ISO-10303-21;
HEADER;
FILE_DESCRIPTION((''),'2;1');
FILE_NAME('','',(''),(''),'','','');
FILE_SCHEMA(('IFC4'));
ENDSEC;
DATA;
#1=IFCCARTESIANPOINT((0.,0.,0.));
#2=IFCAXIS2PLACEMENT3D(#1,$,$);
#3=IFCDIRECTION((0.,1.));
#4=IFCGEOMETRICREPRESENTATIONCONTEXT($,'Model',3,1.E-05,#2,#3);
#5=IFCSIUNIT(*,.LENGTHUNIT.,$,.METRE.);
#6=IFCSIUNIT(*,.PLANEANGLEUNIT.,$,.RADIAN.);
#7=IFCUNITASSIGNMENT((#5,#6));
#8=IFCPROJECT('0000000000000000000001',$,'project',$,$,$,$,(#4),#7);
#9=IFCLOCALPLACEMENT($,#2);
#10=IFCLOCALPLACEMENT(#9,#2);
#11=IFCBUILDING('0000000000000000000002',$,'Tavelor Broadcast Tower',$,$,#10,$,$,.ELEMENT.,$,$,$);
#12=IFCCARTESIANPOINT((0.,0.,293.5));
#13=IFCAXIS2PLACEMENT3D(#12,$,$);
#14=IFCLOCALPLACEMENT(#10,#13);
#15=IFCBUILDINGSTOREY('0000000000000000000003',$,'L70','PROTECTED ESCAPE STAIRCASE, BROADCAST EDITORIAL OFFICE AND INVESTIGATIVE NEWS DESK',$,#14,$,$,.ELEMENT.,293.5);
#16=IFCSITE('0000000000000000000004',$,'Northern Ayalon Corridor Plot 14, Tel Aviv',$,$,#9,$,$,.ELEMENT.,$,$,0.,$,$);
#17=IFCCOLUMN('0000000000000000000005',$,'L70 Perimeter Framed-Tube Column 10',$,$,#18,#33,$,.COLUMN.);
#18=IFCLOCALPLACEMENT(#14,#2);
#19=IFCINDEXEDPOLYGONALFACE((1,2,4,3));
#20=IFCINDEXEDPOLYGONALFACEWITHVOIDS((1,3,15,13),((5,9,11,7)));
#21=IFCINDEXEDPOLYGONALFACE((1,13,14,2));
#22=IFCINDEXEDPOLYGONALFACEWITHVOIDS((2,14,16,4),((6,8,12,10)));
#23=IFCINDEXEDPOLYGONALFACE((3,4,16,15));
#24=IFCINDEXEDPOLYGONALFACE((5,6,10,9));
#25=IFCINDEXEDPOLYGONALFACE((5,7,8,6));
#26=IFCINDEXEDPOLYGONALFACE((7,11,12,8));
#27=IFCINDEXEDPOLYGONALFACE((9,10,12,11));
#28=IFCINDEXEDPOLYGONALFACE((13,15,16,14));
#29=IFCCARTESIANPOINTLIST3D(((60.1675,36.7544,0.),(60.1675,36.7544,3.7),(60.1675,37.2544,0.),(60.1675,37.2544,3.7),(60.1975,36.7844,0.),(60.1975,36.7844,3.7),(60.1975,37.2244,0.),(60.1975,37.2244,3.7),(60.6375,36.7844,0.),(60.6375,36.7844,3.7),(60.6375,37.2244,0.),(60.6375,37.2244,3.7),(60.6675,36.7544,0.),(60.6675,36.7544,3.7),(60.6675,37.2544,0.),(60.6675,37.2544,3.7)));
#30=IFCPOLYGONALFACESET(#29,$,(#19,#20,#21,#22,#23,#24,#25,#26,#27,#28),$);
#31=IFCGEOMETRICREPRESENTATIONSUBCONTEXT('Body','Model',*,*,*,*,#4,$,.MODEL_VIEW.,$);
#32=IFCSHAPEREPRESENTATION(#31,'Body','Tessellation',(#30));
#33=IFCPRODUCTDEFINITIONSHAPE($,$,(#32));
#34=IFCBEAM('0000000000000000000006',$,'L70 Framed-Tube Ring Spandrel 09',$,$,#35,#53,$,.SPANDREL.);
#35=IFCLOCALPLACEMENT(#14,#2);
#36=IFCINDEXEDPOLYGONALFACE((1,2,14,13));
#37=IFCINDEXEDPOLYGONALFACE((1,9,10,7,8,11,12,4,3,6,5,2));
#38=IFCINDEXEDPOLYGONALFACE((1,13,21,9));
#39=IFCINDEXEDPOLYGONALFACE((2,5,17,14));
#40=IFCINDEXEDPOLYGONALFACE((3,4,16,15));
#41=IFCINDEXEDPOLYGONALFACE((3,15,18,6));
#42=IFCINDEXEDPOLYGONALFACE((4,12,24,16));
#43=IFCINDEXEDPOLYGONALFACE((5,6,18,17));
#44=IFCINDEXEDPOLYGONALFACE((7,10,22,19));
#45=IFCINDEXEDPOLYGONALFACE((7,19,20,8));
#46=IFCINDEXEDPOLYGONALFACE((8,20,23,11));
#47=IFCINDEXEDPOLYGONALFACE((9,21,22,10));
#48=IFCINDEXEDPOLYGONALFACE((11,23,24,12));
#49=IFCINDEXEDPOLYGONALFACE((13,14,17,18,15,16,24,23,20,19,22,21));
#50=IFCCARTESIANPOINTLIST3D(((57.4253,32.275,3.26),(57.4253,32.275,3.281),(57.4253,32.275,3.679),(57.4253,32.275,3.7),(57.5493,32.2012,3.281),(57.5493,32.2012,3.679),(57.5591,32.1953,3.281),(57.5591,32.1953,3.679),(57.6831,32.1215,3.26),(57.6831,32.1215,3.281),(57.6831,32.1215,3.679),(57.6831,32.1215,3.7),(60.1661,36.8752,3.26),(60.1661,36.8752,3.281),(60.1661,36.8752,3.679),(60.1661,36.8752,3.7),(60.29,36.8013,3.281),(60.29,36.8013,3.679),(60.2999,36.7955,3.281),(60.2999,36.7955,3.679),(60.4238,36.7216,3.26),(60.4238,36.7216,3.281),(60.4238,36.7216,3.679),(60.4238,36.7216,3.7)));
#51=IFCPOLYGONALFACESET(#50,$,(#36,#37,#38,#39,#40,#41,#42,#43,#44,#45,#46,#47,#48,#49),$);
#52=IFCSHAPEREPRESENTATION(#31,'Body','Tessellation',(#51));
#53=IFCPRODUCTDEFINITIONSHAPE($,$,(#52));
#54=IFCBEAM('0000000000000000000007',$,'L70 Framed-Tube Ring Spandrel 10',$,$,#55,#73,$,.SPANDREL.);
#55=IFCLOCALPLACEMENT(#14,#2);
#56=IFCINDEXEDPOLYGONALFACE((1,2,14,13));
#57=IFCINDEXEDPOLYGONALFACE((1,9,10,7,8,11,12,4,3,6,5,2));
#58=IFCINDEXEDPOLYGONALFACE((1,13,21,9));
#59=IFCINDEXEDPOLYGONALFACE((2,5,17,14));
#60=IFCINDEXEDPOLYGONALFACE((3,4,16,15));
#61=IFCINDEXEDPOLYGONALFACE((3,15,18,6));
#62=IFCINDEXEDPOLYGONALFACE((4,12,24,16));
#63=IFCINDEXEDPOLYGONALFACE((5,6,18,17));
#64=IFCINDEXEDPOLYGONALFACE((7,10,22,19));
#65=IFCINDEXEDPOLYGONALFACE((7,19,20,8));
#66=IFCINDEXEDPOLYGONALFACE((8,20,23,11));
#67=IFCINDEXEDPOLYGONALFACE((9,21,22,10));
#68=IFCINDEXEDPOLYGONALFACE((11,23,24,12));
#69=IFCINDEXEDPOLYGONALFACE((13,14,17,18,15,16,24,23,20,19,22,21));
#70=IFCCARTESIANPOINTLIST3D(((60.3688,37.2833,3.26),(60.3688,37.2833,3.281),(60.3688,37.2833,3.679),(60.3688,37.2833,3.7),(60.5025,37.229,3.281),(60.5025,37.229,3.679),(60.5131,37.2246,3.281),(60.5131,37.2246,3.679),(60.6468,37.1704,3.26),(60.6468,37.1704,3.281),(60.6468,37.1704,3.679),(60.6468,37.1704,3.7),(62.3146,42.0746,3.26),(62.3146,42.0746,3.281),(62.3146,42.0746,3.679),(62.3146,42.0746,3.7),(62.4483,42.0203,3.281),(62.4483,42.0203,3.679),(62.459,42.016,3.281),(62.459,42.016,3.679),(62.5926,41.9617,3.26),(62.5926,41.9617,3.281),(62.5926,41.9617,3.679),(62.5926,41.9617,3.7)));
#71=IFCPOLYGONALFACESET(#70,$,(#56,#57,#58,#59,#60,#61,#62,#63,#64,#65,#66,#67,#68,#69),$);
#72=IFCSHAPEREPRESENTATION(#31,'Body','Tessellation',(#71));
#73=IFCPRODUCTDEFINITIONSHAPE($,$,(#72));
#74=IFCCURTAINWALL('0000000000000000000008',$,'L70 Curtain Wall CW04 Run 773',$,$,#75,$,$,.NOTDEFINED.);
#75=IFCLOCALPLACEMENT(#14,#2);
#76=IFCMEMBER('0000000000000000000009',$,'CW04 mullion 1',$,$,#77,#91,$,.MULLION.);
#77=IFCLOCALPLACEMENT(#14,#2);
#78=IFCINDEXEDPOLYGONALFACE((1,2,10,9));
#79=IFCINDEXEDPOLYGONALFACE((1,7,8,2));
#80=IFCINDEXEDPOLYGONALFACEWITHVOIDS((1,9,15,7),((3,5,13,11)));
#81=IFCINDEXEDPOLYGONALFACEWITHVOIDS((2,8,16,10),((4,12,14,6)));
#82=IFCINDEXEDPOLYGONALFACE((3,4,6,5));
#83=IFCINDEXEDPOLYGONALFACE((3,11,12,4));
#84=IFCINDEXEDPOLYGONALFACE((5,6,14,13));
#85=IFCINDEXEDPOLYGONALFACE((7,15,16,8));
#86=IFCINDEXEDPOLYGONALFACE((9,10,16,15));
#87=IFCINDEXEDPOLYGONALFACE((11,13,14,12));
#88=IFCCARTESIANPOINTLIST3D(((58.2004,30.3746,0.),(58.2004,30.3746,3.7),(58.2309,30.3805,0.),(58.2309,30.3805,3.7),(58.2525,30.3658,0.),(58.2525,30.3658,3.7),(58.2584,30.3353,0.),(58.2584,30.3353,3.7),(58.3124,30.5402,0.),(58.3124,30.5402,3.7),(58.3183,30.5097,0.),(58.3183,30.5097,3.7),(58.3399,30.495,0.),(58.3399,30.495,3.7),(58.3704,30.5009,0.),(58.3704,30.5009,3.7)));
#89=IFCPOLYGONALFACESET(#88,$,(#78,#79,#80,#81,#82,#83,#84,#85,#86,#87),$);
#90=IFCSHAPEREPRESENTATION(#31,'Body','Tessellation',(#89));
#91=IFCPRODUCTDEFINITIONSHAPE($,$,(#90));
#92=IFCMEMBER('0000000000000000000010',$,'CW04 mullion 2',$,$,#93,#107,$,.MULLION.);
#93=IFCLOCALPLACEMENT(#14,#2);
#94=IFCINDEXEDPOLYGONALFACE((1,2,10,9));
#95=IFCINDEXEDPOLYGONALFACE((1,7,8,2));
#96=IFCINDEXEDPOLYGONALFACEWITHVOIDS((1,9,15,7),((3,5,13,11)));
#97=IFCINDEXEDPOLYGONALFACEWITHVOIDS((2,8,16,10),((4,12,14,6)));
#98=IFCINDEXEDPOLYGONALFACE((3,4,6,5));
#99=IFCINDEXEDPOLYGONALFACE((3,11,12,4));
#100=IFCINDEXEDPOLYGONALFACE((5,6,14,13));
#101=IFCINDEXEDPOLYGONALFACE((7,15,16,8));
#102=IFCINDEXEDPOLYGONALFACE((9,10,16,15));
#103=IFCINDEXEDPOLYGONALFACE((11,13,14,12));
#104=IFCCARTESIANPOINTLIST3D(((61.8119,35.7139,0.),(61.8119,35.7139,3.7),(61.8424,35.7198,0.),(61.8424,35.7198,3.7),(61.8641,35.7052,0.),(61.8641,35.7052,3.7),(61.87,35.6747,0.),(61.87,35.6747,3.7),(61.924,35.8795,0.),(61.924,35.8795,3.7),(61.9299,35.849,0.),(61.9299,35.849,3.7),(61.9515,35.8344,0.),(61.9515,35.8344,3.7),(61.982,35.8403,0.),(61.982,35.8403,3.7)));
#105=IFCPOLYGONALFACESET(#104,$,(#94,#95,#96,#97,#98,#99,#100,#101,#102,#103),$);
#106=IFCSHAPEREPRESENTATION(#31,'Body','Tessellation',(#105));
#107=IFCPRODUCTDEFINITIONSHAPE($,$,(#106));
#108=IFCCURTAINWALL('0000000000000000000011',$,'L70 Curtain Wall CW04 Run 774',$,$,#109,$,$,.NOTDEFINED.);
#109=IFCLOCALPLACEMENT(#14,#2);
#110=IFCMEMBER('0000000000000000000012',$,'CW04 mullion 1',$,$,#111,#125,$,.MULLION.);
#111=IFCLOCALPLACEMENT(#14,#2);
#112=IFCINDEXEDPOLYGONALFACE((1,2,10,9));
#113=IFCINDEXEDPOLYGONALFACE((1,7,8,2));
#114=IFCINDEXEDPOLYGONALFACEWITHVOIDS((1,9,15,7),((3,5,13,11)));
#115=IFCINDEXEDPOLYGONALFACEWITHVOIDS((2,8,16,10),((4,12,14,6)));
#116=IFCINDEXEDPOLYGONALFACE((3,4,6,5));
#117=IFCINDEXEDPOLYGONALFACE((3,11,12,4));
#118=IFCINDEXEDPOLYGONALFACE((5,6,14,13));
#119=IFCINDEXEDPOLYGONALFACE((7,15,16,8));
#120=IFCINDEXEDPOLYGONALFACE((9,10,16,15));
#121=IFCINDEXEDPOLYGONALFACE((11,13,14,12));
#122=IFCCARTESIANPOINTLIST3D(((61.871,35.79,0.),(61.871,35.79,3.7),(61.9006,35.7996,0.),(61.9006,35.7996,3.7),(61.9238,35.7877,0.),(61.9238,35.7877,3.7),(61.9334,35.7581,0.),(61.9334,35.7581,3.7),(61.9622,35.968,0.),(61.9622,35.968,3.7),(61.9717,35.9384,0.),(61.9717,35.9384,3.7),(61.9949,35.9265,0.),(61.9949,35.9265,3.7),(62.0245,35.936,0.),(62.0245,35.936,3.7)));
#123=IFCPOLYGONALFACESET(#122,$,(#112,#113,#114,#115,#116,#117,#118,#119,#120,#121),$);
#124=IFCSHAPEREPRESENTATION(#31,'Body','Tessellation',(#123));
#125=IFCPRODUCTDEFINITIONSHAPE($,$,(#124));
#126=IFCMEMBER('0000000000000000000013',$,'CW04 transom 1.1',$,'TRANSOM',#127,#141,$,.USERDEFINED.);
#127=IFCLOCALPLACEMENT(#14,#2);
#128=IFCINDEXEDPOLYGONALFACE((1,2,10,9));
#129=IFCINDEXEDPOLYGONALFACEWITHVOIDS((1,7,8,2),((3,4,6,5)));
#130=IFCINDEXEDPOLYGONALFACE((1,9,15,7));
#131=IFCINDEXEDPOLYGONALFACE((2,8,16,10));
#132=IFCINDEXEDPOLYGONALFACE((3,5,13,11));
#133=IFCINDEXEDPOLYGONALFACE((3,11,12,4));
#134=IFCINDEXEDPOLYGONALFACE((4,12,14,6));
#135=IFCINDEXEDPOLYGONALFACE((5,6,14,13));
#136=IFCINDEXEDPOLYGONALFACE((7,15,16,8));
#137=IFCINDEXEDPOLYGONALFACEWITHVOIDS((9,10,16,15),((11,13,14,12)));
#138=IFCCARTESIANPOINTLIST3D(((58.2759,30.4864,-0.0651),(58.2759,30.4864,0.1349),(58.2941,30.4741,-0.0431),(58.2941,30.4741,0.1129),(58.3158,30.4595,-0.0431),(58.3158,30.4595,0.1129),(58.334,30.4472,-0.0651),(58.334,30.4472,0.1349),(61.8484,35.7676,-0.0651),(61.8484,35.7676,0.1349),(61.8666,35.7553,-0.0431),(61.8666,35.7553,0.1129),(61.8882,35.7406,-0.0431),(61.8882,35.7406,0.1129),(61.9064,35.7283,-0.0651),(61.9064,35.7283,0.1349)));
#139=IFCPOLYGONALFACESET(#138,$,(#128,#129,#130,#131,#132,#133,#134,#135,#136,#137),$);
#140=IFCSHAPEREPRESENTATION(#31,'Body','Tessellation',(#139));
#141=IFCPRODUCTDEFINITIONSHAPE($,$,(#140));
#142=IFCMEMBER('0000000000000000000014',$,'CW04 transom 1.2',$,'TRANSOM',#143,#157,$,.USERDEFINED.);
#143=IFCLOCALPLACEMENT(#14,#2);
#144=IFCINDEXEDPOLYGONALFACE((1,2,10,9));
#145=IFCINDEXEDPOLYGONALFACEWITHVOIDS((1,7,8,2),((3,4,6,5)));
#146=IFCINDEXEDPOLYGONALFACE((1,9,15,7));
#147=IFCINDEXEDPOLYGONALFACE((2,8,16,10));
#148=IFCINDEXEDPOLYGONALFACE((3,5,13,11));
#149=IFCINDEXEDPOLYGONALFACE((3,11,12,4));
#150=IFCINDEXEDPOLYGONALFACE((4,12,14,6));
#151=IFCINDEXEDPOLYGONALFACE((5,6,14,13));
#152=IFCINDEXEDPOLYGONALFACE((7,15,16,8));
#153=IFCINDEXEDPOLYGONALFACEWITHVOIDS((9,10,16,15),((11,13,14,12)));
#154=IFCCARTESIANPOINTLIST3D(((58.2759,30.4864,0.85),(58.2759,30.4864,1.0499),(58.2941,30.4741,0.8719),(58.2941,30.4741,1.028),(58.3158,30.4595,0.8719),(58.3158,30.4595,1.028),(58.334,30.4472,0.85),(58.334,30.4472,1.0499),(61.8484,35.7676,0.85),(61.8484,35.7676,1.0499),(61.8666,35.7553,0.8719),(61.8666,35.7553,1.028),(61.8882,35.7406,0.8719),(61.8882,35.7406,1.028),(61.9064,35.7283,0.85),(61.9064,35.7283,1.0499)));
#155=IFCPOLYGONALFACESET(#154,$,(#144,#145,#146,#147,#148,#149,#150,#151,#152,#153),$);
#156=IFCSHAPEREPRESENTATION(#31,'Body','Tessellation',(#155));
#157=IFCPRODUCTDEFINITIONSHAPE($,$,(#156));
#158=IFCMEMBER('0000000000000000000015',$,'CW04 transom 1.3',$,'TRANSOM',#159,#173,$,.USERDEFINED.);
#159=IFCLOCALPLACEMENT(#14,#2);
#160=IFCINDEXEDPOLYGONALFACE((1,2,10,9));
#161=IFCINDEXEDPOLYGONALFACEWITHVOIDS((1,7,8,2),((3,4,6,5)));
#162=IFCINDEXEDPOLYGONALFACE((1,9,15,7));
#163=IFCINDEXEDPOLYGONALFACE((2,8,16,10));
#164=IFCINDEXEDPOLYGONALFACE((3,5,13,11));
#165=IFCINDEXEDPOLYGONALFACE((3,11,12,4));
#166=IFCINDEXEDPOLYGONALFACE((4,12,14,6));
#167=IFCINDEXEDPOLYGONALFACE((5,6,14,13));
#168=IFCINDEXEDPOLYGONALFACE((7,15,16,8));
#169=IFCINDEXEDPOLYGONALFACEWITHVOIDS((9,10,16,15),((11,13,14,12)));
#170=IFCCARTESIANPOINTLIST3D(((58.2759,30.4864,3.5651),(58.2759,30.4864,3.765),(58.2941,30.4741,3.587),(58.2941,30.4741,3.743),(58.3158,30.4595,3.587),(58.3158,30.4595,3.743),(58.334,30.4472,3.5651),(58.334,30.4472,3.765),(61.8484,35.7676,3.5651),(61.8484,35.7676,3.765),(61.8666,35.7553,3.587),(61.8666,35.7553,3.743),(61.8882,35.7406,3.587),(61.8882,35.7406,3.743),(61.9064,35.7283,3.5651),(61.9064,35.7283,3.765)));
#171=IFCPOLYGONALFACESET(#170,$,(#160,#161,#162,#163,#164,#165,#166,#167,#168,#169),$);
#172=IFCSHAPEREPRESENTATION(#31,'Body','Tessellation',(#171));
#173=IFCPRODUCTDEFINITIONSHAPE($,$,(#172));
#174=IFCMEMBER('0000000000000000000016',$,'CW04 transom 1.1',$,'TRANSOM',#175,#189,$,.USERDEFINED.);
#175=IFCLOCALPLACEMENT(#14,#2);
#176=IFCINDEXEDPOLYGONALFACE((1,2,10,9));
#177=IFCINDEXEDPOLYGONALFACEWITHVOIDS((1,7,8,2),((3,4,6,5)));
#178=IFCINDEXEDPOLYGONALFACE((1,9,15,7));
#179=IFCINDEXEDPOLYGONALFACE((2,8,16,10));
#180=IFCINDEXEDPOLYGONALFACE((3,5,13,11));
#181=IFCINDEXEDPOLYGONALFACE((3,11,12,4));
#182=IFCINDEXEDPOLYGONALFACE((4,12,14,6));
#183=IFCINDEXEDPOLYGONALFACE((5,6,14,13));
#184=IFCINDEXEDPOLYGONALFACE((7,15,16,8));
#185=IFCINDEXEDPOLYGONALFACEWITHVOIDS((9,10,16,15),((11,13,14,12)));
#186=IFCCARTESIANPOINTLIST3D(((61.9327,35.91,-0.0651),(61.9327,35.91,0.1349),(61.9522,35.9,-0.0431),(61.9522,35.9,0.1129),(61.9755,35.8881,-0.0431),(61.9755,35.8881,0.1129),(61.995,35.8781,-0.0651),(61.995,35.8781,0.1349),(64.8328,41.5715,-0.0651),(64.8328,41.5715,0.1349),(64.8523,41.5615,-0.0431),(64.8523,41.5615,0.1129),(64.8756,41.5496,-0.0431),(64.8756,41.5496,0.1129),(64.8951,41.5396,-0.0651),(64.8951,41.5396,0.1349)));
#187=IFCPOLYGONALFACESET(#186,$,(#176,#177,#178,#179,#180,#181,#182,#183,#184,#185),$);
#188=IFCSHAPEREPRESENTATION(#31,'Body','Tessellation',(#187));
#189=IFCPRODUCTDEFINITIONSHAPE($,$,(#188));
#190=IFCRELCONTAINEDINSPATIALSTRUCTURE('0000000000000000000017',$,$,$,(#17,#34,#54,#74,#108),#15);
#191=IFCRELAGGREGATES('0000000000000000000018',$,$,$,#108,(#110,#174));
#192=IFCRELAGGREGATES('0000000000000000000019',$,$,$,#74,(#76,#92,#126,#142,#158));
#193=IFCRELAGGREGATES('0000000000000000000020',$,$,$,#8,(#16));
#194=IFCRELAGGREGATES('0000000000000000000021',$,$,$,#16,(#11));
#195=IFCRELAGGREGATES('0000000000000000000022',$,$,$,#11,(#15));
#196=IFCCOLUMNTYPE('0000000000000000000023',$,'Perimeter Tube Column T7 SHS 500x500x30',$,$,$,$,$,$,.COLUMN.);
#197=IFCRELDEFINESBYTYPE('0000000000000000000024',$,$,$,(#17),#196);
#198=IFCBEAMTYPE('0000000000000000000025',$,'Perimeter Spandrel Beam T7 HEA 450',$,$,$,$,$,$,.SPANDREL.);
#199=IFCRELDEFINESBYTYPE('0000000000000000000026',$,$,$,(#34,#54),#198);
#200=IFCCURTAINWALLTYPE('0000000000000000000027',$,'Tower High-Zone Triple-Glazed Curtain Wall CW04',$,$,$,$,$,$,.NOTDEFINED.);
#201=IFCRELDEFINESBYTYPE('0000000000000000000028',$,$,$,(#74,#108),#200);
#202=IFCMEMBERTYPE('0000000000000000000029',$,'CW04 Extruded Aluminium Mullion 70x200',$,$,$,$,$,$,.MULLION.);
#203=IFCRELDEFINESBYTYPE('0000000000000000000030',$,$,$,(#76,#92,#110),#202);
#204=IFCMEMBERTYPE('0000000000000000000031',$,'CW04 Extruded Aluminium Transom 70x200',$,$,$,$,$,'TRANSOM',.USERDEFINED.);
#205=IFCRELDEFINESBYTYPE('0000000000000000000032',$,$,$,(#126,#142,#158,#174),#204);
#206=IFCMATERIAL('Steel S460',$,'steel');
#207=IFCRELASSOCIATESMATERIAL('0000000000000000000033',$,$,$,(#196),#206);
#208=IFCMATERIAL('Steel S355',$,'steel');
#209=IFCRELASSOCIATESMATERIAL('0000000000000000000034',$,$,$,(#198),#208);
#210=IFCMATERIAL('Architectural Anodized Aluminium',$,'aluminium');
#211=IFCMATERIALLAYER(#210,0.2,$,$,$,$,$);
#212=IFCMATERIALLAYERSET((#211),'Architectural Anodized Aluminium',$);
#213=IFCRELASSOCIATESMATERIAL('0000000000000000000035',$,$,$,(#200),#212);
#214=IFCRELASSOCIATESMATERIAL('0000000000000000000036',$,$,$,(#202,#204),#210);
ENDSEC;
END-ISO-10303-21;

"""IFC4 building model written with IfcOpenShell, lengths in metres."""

from ifc_helpers import new_model, si_unit, direction, frame, origin, origin_2d, place, context, subcontext, project, spatial, hollow_rectangle, i_section, extrude, source, transform, mapped, material, layer, layer_set, material_profile, profile_set, type_object, type_shapes, element, aggregate, save


model = new_model("IFC4")

# Units and contexts
model_context = context("Model", 3, precision=1e-05, world=origin(), true_north=direction((0.0, 1.0)))
body_context = subcontext(model_context, "Body", "Model", "MODEL_VIEW")
ifc_project = project(units=[si_unit("LENGTHUNIT", "METRE"), si_unit("PLANEANGLEUNIT", "RADIAN")], contexts=[model_context])

# Site, building, storey
site_placement = place(None, origin())
site = spatial("IfcSite", under=ifc_project, at=site_placement, Name="Northern Ayalon Corridor Plot 14, Tel Aviv", CompositionType="ELEMENT", RefElevation=0.0)
building_placement = place(site_placement, origin())
building = spatial("IfcBuilding", under=site, at=building_placement, Name="Tavelor Broadcast Tower", CompositionType="ELEMENT")
storey_placement = place(building_placement, frame((0.0, 0.0, 293.5)))
storey = spatial("IfcBuildingStorey", under=building, at=storey_placement, Name="L70", Description="PROTECTED ESCAPE STAIRCASE, BROADCAST EDITORIAL OFFICE AND INVESTIGATIVE NEWS DESK", CompositionType="ELEMENT", Elevation=293.5)

# Column
ifc_material_1 = material(Name="Steel S460", Category="steel")
ifc_material_profile_1 = material_profile(ifc_material_1, hollow_rectangle(XDim=0.5, YDim=0.5, WallThickness=0.03, at=origin_2d()), Name="SHS 500x500x30")
ifc_profile_set_1 = profile_set([ifc_material_profile_1], Name="Steel S460")
column_type = type_object("IfcColumnType", Name="Perimeter Tube Column T7 SHS 500x500x30", PredefinedType="COLUMN", material=ifc_profile_set_1)
column_placement = place(storey_placement, frame((60.4175, 37.0044, 0.0), z_axis=(0.0, 0.0, 1.0), x_axis=(1.0, 0.0, 0.0)))
element("IfcColumn", 1, at=column_placement, inside=storey, type_object=column_type, Name="L70 Perimeter Framed-Tube Column 10", PredefinedType="COLUMN", context=body_context, shape_type="SweptSolid", body=[
    extrude(hollow_rectangle(XDim=0.5, YDim=0.5, WallThickness=0.03, at=origin_2d()), origin(), (0.0, 0.0, 1.0), 3.7),
])

# Beams
ifc_material_2 = material(Name="Steel S355", Category="steel")
ifc_material_profile_2 = material_profile(ifc_material_2, i_section(OverallWidth=0.3, OverallDepth=0.4399, WebThickness=0.0115, FlangeThickness=0.021, at=origin_2d()), Name="HEA 450")
ifc_profile_set_2 = profile_set([ifc_material_profile_2], Name="Steel S355")
beam_type = type_object("IfcBeamType", Name="Perimeter Spandrel Beam T7 HEA 450", PredefinedType="SPANDREL", material=ifc_profile_set_2)
beam_1_placement = place(storey_placement, frame((57.5542, 32.1982, 3.48), z_axis=(0.511838, 0.859082, 0.0), x_axis=(-0.859082, 0.511838, 0.0)))
element("IfcBeam", 2, at=beam_1_placement, inside=storey, type_object=beam_type, Name="L70 Framed-Tube Ring Spandrel 09", PredefinedType="SPANDREL", context=body_context, shape_type="SweptSolid", body=[
    extrude(i_section(OverallWidth=0.3, OverallDepth=0.4399, WebThickness=0.0115, FlangeThickness=0.021, at=origin_2d()), origin(), (0.0, 0.0, 1.0), 5.3547),
])
beam_2_placement = place(storey_placement, frame((60.5078, 37.2268, 3.48), z_axis=(0.376269, 0.92651, 0.0), x_axis=(-0.92651, 0.376269, 0.0)))
element("IfcBeam", 3, at=beam_2_placement, inside=storey, type_object=beam_type, Name="L70 Framed-Tube Ring Spandrel 10", PredefinedType="SPANDREL", context=body_context, shape_type="SweptSolid", body=[
    extrude(i_section(OverallWidth=0.3, OverallDepth=0.4399, WebThickness=0.0115, FlangeThickness=0.021, at=origin_2d()), origin(), (0.0, 0.0, 1.0), 5.1714),
])

# Curtain wall, members
ifc_material_3 = material(Name="Architectural Anodized Aluminium", Category="aluminium")
ifc_layer_1 = layer(ifc_material_3, 0.2)
ifc_layer_set_1 = layer_set([ifc_layer_1], Name="Architectural Anodized Aluminium")
curtain_wall_type = type_object("IfcCurtainWallType", Name="Tower High-Zone Triple-Glazed Curtain Wall CW04", PredefinedType="NOTDEFINED", material=ifc_layer_set_1)
curtain_wall_1_placement = place(storey_placement, origin())
curtain_wall_1 = element("IfcCurtainWall", 4, at=curtain_wall_1_placement, inside=storey, type_object=curtain_wall_type, Name="L70 Curtain Wall CW04 Run 773", PredefinedType="NOTDEFINED")
ifc_material_profile_3 = material_profile(ifc_material_3, hollow_rectangle(XDim=0.0701, YDim=0.2, WallThickness=0.022, at=origin_2d()), Name="RHS 70x200x22")
ifc_profile_set_3 = profile_set([ifc_material_profile_3], Name="Architectural Anodized Aluminium")
member_type_1 = type_object("IfcMemberType", Name="CW04 Extruded Aluminium Mullion 70x200", PredefinedType="MULLION", material=ifc_profile_set_3)
shared_shape_1 = source(origin(), body_context, "Body", "SweptSolid", [
    extrude(hollow_rectangle(XDim=0.0701, YDim=0.2, WallThickness=0.022, at=origin_2d()), origin(), (0.0, 0.0, 1.0), 3.7),
])
type_shapes(member_type_1, [shared_shape_1])
member_1_placement = place(storey_placement, frame((58.2854, 30.4377, 0.0), z_axis=(0.0, 0.0, 1.0), x_axis=(-0.828299, 0.560287, 0.0)))
member_1 = element("IfcMember", 5, at=member_1_placement, type_object=member_type_1, Name="CW04 mullion 1", PredefinedType="MULLION", context=body_context, shape_type="MappedRepresentation", body=[
    mapped(shared_shape_1, transform((0.0, 0.0, 0.0), scale=1.0)),
])
member_2_placement = place(storey_placement, frame((61.897, 35.7771, 0.0), z_axis=(0.0, 0.0, 1.0), x_axis=(-0.828299, 0.560287, 0.0)))
member_2 = element("IfcMember", 6, at=member_2_placement, type_object=member_type_1, Name="CW04 mullion 2", PredefinedType="MULLION", context=body_context, shape_type="MappedRepresentation", body=[
    mapped(shared_shape_1, transform((0.0, 0.0, 0.0), scale=1.0)),
])

# Curtain wall, member
curtain_wall_2_placement = place(storey_placement, origin())
curtain_wall_2 = element("IfcCurtainWall", 7, at=curtain_wall_2_placement, inside=storey, type_object=curtain_wall_type, Name="L70 Curtain Wall CW04 Run 774", PredefinedType="NOTDEFINED")
member_3_placement = place(storey_placement, frame((61.9478, 35.863, 0.0), z_axis=(0.0, 0.0, 1.0), x_axis=(-0.890019, 0.455923, 0.0)))
member_3 = element("IfcMember", 8, at=member_3_placement, type_object=member_type_1, Name="CW04 mullion 1", PredefinedType="MULLION", context=body_context, shape_type="MappedRepresentation", body=[
    mapped(shared_shape_1, transform((0.0, 0.0, 0.0), scale=1.0)),
])

# Members
ifc_material_profile_4 = material_profile(ifc_material_3, hollow_rectangle(XDim=0.0701, YDim=0.2, WallThickness=0.022, at=origin_2d()), Name="RHS 70x200x22")
ifc_profile_set_4 = profile_set([ifc_material_profile_4], Name="Architectural Anodized Aluminium")
member_type_2 = type_object("IfcMemberType", Name="CW04 Extruded Aluminium Transom 70x200", ElementType="TRANSOM", PredefinedType="USERDEFINED", material=ifc_profile_set_4)
shared_shape_2 = source(origin(), body_context, "Body", "SweptSolid", [
    extrude(hollow_rectangle(XDim=0.0701, YDim=0.2, WallThickness=0.022, at=origin_2d()), origin(), (0.0, 0.0, 1.0), 6.376),
])
member_4_placement = place(storey_placement, frame((58.3049, 30.4668, 0.0349), z_axis=(0.560299, 0.828291, 0.0), x_axis=(-0.828291, 0.560299, 0.0)))
member_4 = element("IfcMember", 9, at=member_4_placement, type_object=member_type_2, Name="CW04 transom 1.1", ObjectType="TRANSOM", PredefinedType="USERDEFINED", context=body_context, shape_type="MappedRepresentation", body=[
    mapped(shared_shape_2, transform((0.0, 0.0, 0.0), scale=1.0)),
])
member_5_placement = place(storey_placement, frame((58.3049, 30.4668, 0.95), z_axis=(0.560299, 0.828291, 0.0), x_axis=(-0.828291, 0.560299, 0.0)))
member_5 = element("IfcMember", 10, at=member_5_placement, type_object=member_type_2, Name="CW04 transom 1.2", ObjectType="TRANSOM", PredefinedType="USERDEFINED", context=body_context, shape_type="MappedRepresentation", body=[
    mapped(shared_shape_2, transform((0.0, 0.0, 0.0), scale=1.0)),
])
member_6_placement = place(storey_placement, frame((58.3049, 30.4668, 3.665), z_axis=(0.560299, 0.828291, 0.0), x_axis=(-0.828291, 0.560299, 0.0)))
member_6 = element("IfcMember", 11, at=member_6_placement, type_object=member_type_2, Name="CW04 transom 1.3", ObjectType="TRANSOM", PredefinedType="USERDEFINED", context=body_context, shape_type="MappedRepresentation", body=[
    mapped(shared_shape_2, transform((0.0, 0.0, 0.0), scale=1.0)),
])
shared_shape_3 = source(origin(), body_context, "Body", "SweptSolid", [
    extrude(hollow_rectangle(XDim=0.0701, YDim=0.2, WallThickness=0.022, at=origin_2d()), origin(), (0.0, 0.0, 1.0), 6.3611),
])
type_shapes(member_type_2, [shared_shape_2, shared_shape_3])
member_7_placement = place(storey_placement, frame((61.9639, 35.894, 0.0349), z_axis=(0.455912, 0.890025, 0.0), x_axis=(-0.890025, 0.455912, 0.0)))
member_7 = element("IfcMember", 12, at=member_7_placement, type_object=member_type_2, Name="CW04 transom 1.1", ObjectType="TRANSOM", PredefinedType="USERDEFINED", context=body_context, shape_type="MappedRepresentation", body=[
    mapped(shared_shape_3, transform((0.0, 0.0, 0.0), scale=1.0)),
])
aggregate(curtain_wall_2, [member_3, member_7])

aggregate(curtain_wall_1, [member_1, member_2, member_4, member_5, member_6])

save(model, "model.ifc")
